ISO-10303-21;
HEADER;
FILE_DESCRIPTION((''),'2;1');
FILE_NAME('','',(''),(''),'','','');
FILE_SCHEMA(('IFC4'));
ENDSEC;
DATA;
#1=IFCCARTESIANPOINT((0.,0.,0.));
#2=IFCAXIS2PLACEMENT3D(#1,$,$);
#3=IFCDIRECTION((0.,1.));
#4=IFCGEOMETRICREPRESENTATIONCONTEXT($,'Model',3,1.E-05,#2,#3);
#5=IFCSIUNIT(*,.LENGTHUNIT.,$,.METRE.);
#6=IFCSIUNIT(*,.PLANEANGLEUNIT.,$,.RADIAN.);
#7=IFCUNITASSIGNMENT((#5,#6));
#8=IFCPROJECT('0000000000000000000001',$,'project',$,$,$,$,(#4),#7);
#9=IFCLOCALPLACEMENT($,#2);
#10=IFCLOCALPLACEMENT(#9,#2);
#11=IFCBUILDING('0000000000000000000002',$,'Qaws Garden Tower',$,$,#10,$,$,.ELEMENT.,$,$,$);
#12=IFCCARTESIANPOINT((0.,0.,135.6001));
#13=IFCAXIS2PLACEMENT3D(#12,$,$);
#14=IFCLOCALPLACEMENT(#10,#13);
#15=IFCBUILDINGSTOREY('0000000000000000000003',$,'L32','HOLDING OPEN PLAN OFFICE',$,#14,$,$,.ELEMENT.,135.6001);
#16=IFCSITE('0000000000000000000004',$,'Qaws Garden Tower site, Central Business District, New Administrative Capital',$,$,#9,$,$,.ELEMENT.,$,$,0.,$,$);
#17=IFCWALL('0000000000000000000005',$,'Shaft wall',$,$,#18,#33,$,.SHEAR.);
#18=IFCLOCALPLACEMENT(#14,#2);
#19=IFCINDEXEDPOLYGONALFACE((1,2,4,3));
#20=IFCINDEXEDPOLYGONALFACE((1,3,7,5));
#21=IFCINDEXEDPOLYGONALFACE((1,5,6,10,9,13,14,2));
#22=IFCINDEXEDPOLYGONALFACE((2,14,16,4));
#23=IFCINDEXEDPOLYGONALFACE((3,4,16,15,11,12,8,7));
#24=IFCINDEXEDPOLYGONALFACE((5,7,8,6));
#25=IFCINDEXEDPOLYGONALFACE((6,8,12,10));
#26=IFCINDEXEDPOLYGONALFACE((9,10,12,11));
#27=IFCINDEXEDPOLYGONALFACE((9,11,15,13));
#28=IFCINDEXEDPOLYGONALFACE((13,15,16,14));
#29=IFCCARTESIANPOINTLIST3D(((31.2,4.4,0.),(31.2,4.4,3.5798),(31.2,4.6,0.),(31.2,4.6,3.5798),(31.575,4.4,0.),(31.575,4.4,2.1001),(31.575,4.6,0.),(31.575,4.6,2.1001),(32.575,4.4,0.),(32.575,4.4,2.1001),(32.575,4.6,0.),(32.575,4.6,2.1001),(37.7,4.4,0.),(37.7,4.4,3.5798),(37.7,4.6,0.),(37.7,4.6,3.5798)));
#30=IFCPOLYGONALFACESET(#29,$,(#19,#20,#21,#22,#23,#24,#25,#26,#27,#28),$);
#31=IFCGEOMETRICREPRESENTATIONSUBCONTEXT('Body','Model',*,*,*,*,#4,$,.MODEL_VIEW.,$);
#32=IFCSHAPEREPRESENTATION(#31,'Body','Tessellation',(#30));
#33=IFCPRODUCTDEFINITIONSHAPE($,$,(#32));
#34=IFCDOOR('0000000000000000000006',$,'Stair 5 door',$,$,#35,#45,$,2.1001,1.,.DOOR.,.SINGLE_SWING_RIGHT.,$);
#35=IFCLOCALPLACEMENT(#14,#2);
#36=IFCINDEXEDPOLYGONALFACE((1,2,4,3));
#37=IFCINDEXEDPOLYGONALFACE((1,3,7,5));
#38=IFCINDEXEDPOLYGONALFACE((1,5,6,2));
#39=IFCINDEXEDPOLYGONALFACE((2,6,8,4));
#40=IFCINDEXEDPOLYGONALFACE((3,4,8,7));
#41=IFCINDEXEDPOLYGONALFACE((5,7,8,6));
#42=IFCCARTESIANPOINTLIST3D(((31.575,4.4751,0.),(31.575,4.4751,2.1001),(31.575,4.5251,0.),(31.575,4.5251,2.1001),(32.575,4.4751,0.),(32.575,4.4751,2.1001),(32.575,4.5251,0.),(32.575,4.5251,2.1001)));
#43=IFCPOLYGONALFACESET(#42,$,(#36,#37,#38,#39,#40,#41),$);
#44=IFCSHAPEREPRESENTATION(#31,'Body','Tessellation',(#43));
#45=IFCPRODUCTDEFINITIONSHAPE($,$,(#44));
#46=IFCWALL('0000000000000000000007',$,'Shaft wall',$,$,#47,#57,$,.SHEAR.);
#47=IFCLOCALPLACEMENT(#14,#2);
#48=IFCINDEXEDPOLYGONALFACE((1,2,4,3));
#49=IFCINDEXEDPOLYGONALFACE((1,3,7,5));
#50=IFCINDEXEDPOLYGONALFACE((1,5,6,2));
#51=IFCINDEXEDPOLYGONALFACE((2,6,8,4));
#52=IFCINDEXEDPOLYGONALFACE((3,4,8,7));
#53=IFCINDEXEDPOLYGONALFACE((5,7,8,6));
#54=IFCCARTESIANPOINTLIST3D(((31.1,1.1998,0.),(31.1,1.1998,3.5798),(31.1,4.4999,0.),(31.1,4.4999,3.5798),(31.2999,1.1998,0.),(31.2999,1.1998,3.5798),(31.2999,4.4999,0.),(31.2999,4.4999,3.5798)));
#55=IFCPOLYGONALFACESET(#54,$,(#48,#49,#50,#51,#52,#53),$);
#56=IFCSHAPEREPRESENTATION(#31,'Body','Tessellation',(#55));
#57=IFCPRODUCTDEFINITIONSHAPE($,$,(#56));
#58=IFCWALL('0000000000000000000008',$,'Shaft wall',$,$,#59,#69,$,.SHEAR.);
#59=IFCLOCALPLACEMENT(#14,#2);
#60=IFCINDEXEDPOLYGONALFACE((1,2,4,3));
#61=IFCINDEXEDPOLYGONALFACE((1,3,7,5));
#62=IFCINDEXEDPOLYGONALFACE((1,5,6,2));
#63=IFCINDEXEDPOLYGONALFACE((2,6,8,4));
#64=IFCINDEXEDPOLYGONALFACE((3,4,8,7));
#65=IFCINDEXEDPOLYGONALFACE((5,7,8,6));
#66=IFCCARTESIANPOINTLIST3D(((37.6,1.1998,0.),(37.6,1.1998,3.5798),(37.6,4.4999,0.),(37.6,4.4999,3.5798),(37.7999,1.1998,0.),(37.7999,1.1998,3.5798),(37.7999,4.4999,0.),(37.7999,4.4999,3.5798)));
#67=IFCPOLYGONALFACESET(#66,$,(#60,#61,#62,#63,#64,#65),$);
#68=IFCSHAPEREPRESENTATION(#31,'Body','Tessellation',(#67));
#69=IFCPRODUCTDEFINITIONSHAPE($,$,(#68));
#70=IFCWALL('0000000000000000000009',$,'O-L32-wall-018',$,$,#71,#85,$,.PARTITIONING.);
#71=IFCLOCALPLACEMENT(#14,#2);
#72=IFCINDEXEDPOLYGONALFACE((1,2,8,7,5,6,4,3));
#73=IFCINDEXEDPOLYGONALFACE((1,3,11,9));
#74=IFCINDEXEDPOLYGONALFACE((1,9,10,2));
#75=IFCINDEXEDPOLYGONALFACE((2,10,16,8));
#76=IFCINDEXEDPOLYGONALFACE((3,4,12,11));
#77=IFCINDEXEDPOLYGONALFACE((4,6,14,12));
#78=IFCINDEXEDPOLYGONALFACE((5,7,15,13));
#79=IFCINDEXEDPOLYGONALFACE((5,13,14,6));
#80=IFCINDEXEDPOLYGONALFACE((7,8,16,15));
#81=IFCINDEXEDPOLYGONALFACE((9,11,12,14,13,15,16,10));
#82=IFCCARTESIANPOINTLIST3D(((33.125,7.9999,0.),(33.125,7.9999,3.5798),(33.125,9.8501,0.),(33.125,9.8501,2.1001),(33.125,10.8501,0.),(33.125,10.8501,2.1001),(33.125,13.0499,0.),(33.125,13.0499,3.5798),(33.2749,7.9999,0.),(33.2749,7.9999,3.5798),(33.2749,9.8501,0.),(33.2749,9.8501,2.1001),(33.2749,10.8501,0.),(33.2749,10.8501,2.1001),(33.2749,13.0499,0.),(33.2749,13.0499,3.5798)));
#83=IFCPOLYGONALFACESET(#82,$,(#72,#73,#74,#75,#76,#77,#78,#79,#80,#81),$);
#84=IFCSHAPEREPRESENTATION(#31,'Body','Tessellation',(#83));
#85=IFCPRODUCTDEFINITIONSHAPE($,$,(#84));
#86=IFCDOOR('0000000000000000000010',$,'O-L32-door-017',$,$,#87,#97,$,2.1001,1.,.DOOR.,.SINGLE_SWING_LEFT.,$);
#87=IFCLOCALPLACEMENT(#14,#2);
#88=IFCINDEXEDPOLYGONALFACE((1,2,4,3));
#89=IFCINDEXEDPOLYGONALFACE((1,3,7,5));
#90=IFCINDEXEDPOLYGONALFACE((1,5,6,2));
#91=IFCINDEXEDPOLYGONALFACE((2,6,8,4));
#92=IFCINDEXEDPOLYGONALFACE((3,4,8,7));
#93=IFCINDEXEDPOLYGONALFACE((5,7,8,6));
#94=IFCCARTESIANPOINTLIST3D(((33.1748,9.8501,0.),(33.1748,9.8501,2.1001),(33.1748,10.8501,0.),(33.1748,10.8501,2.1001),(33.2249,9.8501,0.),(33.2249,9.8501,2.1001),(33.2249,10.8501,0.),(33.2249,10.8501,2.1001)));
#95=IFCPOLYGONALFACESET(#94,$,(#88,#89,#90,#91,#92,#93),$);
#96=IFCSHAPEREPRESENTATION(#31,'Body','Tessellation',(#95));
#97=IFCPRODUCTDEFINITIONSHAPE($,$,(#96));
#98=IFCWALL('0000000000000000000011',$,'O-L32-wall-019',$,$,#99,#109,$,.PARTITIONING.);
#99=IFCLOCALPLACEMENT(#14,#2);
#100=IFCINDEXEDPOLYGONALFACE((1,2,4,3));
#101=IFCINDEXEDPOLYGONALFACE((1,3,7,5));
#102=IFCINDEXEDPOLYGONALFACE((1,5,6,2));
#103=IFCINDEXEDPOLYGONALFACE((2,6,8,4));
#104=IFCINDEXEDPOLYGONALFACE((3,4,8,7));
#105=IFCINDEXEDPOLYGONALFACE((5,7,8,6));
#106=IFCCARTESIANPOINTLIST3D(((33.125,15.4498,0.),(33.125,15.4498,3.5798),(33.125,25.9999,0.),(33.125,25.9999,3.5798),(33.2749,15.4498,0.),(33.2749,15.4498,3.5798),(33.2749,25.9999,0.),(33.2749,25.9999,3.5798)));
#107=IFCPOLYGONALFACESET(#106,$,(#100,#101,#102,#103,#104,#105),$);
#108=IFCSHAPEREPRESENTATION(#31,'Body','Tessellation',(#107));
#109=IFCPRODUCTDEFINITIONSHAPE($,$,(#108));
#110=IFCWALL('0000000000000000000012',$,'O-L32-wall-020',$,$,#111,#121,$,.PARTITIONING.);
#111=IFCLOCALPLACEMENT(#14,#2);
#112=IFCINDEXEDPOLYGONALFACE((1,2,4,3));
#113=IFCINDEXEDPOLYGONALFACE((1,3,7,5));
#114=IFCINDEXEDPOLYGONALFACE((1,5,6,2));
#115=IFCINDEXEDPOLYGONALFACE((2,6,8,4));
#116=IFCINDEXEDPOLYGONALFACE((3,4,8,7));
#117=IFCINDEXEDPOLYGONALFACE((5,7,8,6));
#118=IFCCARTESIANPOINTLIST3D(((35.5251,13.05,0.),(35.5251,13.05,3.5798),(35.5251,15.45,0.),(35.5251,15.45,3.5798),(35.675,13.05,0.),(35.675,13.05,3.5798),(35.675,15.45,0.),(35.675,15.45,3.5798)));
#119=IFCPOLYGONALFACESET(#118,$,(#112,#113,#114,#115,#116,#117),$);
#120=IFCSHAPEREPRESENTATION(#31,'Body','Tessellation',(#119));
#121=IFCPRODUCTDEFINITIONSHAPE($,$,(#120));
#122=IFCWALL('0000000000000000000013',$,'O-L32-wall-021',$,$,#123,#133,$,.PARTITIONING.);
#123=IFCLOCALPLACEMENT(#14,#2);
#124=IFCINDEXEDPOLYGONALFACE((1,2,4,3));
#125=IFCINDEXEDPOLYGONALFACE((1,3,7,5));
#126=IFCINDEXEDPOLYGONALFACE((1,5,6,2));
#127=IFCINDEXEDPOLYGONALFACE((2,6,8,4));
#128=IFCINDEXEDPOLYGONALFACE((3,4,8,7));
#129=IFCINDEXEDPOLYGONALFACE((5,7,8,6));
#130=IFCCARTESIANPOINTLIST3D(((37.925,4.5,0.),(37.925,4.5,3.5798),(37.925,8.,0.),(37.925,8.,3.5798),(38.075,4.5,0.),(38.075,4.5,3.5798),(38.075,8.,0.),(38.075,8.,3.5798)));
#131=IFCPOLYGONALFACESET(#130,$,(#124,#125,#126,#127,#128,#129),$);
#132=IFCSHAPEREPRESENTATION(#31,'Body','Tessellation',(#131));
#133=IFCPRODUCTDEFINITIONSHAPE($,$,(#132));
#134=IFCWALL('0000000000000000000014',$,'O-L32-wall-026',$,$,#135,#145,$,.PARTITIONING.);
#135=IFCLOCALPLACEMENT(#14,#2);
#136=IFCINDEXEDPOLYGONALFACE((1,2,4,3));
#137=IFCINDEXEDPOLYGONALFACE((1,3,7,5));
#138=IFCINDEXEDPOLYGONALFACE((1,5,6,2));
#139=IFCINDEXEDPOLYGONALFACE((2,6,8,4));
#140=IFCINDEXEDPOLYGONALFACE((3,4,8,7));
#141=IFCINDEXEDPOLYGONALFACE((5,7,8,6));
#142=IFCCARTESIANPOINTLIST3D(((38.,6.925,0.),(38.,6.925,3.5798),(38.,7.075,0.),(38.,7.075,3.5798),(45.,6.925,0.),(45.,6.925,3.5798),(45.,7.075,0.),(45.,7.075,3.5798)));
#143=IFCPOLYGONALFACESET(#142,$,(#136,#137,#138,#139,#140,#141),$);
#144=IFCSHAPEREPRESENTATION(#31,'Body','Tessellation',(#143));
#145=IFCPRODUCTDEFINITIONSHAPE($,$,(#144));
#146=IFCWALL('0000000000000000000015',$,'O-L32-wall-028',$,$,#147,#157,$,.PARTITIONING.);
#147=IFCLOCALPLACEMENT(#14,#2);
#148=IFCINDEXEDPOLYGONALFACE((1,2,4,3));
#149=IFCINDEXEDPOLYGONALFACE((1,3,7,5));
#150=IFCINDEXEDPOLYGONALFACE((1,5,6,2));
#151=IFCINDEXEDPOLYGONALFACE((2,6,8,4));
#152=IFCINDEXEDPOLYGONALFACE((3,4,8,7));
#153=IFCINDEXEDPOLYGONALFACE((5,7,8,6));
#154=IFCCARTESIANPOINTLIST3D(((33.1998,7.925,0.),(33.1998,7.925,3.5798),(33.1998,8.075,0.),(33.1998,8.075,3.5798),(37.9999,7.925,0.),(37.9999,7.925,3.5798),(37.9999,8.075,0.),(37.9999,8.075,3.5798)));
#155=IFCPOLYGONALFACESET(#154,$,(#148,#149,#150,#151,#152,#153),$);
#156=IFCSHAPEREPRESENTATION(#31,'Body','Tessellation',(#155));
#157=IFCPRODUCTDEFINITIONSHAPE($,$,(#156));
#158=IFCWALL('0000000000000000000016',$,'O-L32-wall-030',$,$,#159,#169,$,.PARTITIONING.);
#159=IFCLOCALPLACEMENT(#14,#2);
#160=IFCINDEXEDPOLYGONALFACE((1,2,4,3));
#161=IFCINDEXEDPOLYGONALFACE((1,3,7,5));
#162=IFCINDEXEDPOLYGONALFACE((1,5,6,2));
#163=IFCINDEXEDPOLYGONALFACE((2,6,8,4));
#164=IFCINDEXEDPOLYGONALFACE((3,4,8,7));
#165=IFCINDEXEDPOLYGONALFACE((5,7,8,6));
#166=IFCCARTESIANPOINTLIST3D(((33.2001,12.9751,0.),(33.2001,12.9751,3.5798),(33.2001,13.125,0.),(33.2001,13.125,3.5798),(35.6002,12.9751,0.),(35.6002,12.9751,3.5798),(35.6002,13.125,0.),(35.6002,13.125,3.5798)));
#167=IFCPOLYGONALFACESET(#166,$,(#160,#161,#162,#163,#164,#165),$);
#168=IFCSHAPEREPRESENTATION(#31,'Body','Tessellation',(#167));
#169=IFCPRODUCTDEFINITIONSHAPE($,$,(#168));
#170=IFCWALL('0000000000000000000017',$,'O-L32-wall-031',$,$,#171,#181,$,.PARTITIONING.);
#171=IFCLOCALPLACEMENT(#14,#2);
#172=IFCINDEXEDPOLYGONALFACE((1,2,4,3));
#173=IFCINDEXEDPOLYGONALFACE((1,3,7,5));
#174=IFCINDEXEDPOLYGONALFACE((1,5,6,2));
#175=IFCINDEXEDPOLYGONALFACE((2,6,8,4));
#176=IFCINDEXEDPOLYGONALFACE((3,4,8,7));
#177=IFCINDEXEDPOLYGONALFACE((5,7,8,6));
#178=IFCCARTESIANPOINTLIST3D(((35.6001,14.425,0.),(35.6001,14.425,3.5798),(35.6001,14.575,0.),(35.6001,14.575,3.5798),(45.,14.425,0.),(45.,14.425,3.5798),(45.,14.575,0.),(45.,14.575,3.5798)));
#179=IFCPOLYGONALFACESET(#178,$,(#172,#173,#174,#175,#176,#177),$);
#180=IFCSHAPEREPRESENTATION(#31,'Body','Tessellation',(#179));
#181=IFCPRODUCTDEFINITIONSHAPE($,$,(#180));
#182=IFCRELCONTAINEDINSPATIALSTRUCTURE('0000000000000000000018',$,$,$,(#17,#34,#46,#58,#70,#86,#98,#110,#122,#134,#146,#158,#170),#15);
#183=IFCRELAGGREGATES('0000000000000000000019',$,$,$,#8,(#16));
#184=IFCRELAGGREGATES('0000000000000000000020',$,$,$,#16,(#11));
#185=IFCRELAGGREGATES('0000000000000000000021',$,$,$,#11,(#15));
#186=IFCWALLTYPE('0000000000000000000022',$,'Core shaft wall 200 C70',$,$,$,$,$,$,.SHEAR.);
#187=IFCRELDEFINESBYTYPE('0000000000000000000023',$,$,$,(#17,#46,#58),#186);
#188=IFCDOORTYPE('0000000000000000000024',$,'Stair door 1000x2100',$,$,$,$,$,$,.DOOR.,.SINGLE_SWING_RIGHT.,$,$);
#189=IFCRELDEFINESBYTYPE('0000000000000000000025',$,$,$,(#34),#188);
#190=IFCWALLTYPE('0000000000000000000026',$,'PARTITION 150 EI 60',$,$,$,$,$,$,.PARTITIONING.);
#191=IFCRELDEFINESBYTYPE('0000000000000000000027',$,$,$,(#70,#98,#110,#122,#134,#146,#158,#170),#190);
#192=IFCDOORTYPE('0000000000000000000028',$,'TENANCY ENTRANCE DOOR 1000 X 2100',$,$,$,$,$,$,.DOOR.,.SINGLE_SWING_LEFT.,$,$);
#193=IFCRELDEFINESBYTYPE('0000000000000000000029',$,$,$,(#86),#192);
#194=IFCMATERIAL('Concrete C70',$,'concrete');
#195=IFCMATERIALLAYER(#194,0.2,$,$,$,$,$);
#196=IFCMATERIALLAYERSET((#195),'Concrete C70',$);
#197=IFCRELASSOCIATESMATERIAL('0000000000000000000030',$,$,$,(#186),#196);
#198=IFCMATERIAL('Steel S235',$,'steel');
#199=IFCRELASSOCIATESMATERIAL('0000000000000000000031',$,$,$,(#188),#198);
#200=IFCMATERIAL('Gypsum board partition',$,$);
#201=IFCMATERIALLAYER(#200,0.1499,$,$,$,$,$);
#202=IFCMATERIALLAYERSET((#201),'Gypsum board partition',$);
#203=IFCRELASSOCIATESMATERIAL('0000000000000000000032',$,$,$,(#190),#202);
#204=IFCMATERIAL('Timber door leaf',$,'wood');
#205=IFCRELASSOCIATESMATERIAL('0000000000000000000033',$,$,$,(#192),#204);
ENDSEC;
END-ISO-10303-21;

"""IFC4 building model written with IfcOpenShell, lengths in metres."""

from ifc_helpers import new_model, si_unit, direction, frame, frame_2d, origin, place, context, subcontext, project, spatial, rectangle, extrude, material, layer, layer_set, type_object, element, fill, save


model = new_model("IFC4")

# Units and contexts
model_context = context("Model", 3, precision=1e-05, world=origin(), true_north=direction((0.0, 1.0)))
body_context = subcontext(model_context, "Body", "Model", "MODEL_VIEW")
ifc_project = project(units=[si_unit("LENGTHUNIT", "METRE"), si_unit("PLANEANGLEUNIT", "RADIAN")], contexts=[model_context])

# Site, building, storey
site_placement = place(None, origin())
site = spatial("IfcSite", under=ifc_project, at=site_placement, Name="Qaws Garden Tower site, Central Business District, New Administrative Capital", CompositionType="ELEMENT", RefElevation=0.0)
building_placement = place(site_placement, origin())
building = spatial("IfcBuilding", under=site, at=building_placement, Name="Qaws Garden Tower", CompositionType="ELEMENT")
storey_placement = place(building_placement, frame((0.0, 0.0, 135.6001)))
storey = spatial("IfcBuildingStorey", under=building, at=storey_placement, Name="L32", Description="HOLDING OPEN PLAN OFFICE", CompositionType="ELEMENT", Elevation=135.6001)

# Wall, opening, door
ifc_material_1 = material(Name="Concrete C70", Category="concrete")
ifc_layer_1 = layer(ifc_material_1, 0.2)
ifc_layer_set_1 = layer_set([ifc_layer_1], Name="Concrete C70")
wall_type_1 = type_object("IfcWallType", Name="Core shaft wall 200 C70", PredefinedType="SHEAR", material=ifc_layer_set_1)
wall_1_placement = place(storey_placement, frame((31.2, 4.5, 0.0), z_axis=(0.0, 0.0, 1.0), x_axis=(1.0, 0.0, 0.0)))
wall_1 = element("IfcWall", 1, at=wall_1_placement, inside=storey, type_object=wall_type_1, Name="Shaft wall", PredefinedType="SHEAR", context=body_context, shape_type="SweptSolid", body=[
    extrude(rectangle(XDim=6.5, YDim=0.2, at=frame_2d((3.25, 0.0))), origin(), (0.0, 0.0, 1.0), 3.5798),
])
opening_1_placement = place(wall_1_placement, frame((0.375, 0.0, 0.0)))
opening_1 = element("IfcOpeningElement", 2, at=opening_1_placement, cuts=wall_1, PredefinedType="OPENING", context=body_context, shape_type="SweptSolid", body=[
    extrude(rectangle(XDim=1.0, YDim=2.1001, at=frame_2d((0.5, 1.05))), frame((0.0, 0.1099, 0.0), z_axis=(0.0, -1.0, 0.0), x_axis=(1.0, 0.0, 0.0)), (0.0, 0.0, 1.0), 0.22),
])
ifc_material_2 = material(Name="Steel S235", Category="steel")
door_type_1 = type_object("IfcDoorType", Name="Stair door 1000x2100", OperationType="SINGLE_SWING_RIGHT", PredefinedType="DOOR", material=ifc_material_2)
door_1_placement = place(opening_1_placement, frame((1.0, 0.0, 0.0), z_axis=(0.0, 0.0, 1.0), x_axis=(-1.0, 0.0, 0.0)))
door_1 = element("IfcDoor", 3, at=door_1_placement, inside=storey, type_object=door_type_1, Name="Stair 5 door", OperationType="SINGLE_SWING_RIGHT", OverallHeight=2.1001, OverallWidth=1.0, PredefinedType="DOOR", context=body_context, shape_type="SweptSolid", body=[
    extrude(rectangle(XDim=1.0, YDim=2.1001, at=frame_2d((0.5, 1.05))), frame((0.0, 0.0249, 0.0), z_axis=(0.0, -1.0, 0.0), x_axis=(1.0, 0.0, 0.0)), (0.0, 0.0, 1.0), 0.05),
])
fill(opening_1, door_1)

# Walls
for number, where, z_axis, x_axis, name in (
    (4, (31.2, 1.2, 0.0), (0.0, 0.0, 1.0), (0.0, 1.0, 0.0), "Shaft wall"),
    (5, (37.7, 1.2, 0.0), (0.0, 0.0, 1.0), (0.0, 1.0, 0.0), "Shaft wall"),
):
    element("IfcWall", number, at=place(storey_placement, frame(where, z_axis=z_axis, x_axis=x_axis)), inside=storey, type_object=wall_type_1, Name=name, PredefinedType="SHEAR", context=body_context, shape_type="SweptSolid", body=[
        extrude(rectangle(XDim=3.3, YDim=0.2, at=frame_2d((1.6499, 0.0))), origin(), (0.0, 0.0, 1.0), 3.5798),
    ])

# Wall, opening, door
ifc_material_3 = material(Name="Gypsum board partition")
ifc_layer_2 = layer(ifc_material_3, 0.1499)
ifc_layer_set_2 = layer_set([ifc_layer_2], Name="Gypsum board partition")
wall_type_2 = type_object("IfcWallType", Name="PARTITION 150 EI 60", PredefinedType="PARTITIONING", material=ifc_layer_set_2)
wall_2_placement = place(storey_placement, frame((33.2, 8.0, 0.0), z_axis=(0.0, 0.0, 1.0), x_axis=(0.0, 1.0, 0.0)))
wall_2 = element("IfcWall", 6, at=wall_2_placement, inside=storey, type_object=wall_type_2, Name="O-L32-wall-018", PredefinedType="PARTITIONING", context=body_context, shape_type="SweptSolid", body=[
    extrude(rectangle(XDim=5.05, YDim=0.1499, at=frame_2d((2.5249, 0.0))), origin(), (0.0, 0.0, 1.0), 3.5798),
])
opening_2_placement = place(wall_2_placement, frame((1.8501, 0.0, 0.0)))
opening_2 = element("IfcOpeningElement", 7, at=opening_2_placement, cuts=wall_2, PredefinedType="OPENING", context=body_context, shape_type="SweptSolid", body=[
    extrude(rectangle(XDim=1.0, YDim=2.1001, at=frame_2d((0.5, 1.05))), frame((0.0, 0.085, 0.0), z_axis=(0.0, -1.0, 0.0), x_axis=(1.0, 0.0, 0.0)), (0.0, 0.0, 1.0), 0.1699),
])
ifc_material_4 = material(Name="Timber door leaf", Category="wood")
door_type_2 = type_object("IfcDoorType", Name="TENANCY ENTRANCE DOOR 1000 X 2100", OperationType="SINGLE_SWING_LEFT", PredefinedType="DOOR", material=ifc_material_4)
door_2_placement = place(opening_2_placement, frame((1.0, 0.0, 0.0), z_axis=(0.0, 0.0, 1.0), x_axis=(-1.0, 0.0, 0.0)))
door_2 = element("IfcDoor", 8, at=door_2_placement, inside=storey, type_object=door_type_2, Name="O-L32-door-017", OperationType="SINGLE_SWING_LEFT", OverallHeight=2.1001, OverallWidth=1.0, PredefinedType="DOOR", context=body_context, shape_type="SweptSolid", body=[
    extrude(rectangle(XDim=1.0, YDim=2.1001, at=frame_2d((0.5, 1.05))), frame((0.0, 0.0249, 0.0), z_axis=(0.0, -1.0, 0.0), x_axis=(1.0, 0.0, 0.0)), (0.0, 0.0, 1.0), 0.05),
])
fill(opening_2, door_2)

# Walls
wall_3_placement = place(storey_placement, frame((33.2, 15.45, 0.0), z_axis=(0.0, 0.0, 1.0), x_axis=(0.0, 1.0, 0.0)))
element("IfcWall", 9, at=wall_3_placement, inside=storey, type_object=wall_type_2, Name="O-L32-wall-019", PredefinedType="PARTITIONING", context=body_context, shape_type="SweptSolid", body=[
    extrude(rectangle(XDim=10.55, YDim=0.1499, at=frame_2d((5.2749, 0.0))), origin(), (0.0, 0.0, 1.0), 3.5798),
])
wall_4_placement = place(storey_placement, frame((35.6001, 13.05, 0.0), z_axis=(0.0, 0.0, 1.0), x_axis=(0.0, 1.0, 0.0)))
element("IfcWall", 10, at=wall_4_placement, inside=storey, type_object=wall_type_2, Name="O-L32-wall-020", PredefinedType="PARTITIONING", context=body_context, shape_type="SweptSolid", body=[
    extrude(rectangle(XDim=2.3999, YDim=0.1499, at=frame_2d((1.2, 0.0))), origin(), (0.0, 0.0, 1.0), 3.5798),
])
wall_5_placement = place(storey_placement, frame((38.0, 4.5, 0.0), z_axis=(0.0, 0.0, 1.0), x_axis=(0.0, 1.0, 0.0)))
element("IfcWall", 11, at=wall_5_placement, inside=storey, type_object=wall_type_2, Name="O-L32-wall-021", PredefinedType="PARTITIONING", context=body_context, shape_type="SweptSolid", body=[
    extrude(rectangle(XDim=3.5, YDim=0.1499, at=frame_2d((1.75, 0.0))), origin(), (0.0, 0.0, 1.0), 3.5798),
])
wall_6_placement = place(storey_placement, frame((38.0, 7.0, 0.0), z_axis=(0.0, 0.0, 1.0), x_axis=(1.0, 0.0, 0.0)))
element("IfcWall", 12, at=wall_6_placement, inside=storey, type_object=wall_type_2, Name="O-L32-wall-026", PredefinedType="PARTITIONING", context=body_context, shape_type="SweptSolid", body=[
    extrude(rectangle(XDim=7.0, YDim=0.1499, at=frame_2d((3.5, 0.0))), origin(), (0.0, 0.0, 1.0), 3.5798),
])
wall_7_placement = place(storey_placement, frame((33.2, 8.0, 0.0), z_axis=(0.0, 0.0, 1.0), x_axis=(1.0, 0.0, 0.0)))
element("IfcWall", 13, at=wall_7_placement, inside=storey, type_object=wall_type_2, Name="O-L32-wall-028", PredefinedType="PARTITIONING", context=body_context, shape_type="SweptSolid", body=[
    extrude(rectangle(XDim=4.8, YDim=0.1499, at=frame_2d((2.3999, 0.0))), origin(), (0.0, 0.0, 1.0), 3.5798),
])
wall_8_placement = place(storey_placement, frame((33.2, 13.05, 0.0), z_axis=(0.0, 0.0, 1.0), x_axis=(1.0, 0.0, 0.0)))
element("IfcWall", 14, at=wall_8_placement, inside=storey, type_object=wall_type_2, Name="O-L32-wall-030", PredefinedType="PARTITIONING", context=body_context, shape_type="SweptSolid", body=[
    extrude(rectangle(XDim=2.4001, YDim=0.1499, at=frame_2d((1.2002, 0.0))), origin(), (0.0, 0.0, 1.0), 3.5798),
])
wall_9_placement = place(storey_placement, frame((35.6001, 14.5, 0.0), z_axis=(0.0, 0.0, 1.0), x_axis=(1.0, 0.0, 0.0)))
element("IfcWall", 15, at=wall_9_placement, inside=storey, type_object=wall_type_2, Name="O-L32-wall-031", PredefinedType="PARTITIONING", context=body_context, shape_type="SweptSolid", body=[
    extrude(rectangle(XDim=9.3999, YDim=0.1499, at=frame_2d((4.7, 0.0))), origin(), (0.0, 0.0, 1.0), 3.5798),
])

save(model, "model.ifc")
